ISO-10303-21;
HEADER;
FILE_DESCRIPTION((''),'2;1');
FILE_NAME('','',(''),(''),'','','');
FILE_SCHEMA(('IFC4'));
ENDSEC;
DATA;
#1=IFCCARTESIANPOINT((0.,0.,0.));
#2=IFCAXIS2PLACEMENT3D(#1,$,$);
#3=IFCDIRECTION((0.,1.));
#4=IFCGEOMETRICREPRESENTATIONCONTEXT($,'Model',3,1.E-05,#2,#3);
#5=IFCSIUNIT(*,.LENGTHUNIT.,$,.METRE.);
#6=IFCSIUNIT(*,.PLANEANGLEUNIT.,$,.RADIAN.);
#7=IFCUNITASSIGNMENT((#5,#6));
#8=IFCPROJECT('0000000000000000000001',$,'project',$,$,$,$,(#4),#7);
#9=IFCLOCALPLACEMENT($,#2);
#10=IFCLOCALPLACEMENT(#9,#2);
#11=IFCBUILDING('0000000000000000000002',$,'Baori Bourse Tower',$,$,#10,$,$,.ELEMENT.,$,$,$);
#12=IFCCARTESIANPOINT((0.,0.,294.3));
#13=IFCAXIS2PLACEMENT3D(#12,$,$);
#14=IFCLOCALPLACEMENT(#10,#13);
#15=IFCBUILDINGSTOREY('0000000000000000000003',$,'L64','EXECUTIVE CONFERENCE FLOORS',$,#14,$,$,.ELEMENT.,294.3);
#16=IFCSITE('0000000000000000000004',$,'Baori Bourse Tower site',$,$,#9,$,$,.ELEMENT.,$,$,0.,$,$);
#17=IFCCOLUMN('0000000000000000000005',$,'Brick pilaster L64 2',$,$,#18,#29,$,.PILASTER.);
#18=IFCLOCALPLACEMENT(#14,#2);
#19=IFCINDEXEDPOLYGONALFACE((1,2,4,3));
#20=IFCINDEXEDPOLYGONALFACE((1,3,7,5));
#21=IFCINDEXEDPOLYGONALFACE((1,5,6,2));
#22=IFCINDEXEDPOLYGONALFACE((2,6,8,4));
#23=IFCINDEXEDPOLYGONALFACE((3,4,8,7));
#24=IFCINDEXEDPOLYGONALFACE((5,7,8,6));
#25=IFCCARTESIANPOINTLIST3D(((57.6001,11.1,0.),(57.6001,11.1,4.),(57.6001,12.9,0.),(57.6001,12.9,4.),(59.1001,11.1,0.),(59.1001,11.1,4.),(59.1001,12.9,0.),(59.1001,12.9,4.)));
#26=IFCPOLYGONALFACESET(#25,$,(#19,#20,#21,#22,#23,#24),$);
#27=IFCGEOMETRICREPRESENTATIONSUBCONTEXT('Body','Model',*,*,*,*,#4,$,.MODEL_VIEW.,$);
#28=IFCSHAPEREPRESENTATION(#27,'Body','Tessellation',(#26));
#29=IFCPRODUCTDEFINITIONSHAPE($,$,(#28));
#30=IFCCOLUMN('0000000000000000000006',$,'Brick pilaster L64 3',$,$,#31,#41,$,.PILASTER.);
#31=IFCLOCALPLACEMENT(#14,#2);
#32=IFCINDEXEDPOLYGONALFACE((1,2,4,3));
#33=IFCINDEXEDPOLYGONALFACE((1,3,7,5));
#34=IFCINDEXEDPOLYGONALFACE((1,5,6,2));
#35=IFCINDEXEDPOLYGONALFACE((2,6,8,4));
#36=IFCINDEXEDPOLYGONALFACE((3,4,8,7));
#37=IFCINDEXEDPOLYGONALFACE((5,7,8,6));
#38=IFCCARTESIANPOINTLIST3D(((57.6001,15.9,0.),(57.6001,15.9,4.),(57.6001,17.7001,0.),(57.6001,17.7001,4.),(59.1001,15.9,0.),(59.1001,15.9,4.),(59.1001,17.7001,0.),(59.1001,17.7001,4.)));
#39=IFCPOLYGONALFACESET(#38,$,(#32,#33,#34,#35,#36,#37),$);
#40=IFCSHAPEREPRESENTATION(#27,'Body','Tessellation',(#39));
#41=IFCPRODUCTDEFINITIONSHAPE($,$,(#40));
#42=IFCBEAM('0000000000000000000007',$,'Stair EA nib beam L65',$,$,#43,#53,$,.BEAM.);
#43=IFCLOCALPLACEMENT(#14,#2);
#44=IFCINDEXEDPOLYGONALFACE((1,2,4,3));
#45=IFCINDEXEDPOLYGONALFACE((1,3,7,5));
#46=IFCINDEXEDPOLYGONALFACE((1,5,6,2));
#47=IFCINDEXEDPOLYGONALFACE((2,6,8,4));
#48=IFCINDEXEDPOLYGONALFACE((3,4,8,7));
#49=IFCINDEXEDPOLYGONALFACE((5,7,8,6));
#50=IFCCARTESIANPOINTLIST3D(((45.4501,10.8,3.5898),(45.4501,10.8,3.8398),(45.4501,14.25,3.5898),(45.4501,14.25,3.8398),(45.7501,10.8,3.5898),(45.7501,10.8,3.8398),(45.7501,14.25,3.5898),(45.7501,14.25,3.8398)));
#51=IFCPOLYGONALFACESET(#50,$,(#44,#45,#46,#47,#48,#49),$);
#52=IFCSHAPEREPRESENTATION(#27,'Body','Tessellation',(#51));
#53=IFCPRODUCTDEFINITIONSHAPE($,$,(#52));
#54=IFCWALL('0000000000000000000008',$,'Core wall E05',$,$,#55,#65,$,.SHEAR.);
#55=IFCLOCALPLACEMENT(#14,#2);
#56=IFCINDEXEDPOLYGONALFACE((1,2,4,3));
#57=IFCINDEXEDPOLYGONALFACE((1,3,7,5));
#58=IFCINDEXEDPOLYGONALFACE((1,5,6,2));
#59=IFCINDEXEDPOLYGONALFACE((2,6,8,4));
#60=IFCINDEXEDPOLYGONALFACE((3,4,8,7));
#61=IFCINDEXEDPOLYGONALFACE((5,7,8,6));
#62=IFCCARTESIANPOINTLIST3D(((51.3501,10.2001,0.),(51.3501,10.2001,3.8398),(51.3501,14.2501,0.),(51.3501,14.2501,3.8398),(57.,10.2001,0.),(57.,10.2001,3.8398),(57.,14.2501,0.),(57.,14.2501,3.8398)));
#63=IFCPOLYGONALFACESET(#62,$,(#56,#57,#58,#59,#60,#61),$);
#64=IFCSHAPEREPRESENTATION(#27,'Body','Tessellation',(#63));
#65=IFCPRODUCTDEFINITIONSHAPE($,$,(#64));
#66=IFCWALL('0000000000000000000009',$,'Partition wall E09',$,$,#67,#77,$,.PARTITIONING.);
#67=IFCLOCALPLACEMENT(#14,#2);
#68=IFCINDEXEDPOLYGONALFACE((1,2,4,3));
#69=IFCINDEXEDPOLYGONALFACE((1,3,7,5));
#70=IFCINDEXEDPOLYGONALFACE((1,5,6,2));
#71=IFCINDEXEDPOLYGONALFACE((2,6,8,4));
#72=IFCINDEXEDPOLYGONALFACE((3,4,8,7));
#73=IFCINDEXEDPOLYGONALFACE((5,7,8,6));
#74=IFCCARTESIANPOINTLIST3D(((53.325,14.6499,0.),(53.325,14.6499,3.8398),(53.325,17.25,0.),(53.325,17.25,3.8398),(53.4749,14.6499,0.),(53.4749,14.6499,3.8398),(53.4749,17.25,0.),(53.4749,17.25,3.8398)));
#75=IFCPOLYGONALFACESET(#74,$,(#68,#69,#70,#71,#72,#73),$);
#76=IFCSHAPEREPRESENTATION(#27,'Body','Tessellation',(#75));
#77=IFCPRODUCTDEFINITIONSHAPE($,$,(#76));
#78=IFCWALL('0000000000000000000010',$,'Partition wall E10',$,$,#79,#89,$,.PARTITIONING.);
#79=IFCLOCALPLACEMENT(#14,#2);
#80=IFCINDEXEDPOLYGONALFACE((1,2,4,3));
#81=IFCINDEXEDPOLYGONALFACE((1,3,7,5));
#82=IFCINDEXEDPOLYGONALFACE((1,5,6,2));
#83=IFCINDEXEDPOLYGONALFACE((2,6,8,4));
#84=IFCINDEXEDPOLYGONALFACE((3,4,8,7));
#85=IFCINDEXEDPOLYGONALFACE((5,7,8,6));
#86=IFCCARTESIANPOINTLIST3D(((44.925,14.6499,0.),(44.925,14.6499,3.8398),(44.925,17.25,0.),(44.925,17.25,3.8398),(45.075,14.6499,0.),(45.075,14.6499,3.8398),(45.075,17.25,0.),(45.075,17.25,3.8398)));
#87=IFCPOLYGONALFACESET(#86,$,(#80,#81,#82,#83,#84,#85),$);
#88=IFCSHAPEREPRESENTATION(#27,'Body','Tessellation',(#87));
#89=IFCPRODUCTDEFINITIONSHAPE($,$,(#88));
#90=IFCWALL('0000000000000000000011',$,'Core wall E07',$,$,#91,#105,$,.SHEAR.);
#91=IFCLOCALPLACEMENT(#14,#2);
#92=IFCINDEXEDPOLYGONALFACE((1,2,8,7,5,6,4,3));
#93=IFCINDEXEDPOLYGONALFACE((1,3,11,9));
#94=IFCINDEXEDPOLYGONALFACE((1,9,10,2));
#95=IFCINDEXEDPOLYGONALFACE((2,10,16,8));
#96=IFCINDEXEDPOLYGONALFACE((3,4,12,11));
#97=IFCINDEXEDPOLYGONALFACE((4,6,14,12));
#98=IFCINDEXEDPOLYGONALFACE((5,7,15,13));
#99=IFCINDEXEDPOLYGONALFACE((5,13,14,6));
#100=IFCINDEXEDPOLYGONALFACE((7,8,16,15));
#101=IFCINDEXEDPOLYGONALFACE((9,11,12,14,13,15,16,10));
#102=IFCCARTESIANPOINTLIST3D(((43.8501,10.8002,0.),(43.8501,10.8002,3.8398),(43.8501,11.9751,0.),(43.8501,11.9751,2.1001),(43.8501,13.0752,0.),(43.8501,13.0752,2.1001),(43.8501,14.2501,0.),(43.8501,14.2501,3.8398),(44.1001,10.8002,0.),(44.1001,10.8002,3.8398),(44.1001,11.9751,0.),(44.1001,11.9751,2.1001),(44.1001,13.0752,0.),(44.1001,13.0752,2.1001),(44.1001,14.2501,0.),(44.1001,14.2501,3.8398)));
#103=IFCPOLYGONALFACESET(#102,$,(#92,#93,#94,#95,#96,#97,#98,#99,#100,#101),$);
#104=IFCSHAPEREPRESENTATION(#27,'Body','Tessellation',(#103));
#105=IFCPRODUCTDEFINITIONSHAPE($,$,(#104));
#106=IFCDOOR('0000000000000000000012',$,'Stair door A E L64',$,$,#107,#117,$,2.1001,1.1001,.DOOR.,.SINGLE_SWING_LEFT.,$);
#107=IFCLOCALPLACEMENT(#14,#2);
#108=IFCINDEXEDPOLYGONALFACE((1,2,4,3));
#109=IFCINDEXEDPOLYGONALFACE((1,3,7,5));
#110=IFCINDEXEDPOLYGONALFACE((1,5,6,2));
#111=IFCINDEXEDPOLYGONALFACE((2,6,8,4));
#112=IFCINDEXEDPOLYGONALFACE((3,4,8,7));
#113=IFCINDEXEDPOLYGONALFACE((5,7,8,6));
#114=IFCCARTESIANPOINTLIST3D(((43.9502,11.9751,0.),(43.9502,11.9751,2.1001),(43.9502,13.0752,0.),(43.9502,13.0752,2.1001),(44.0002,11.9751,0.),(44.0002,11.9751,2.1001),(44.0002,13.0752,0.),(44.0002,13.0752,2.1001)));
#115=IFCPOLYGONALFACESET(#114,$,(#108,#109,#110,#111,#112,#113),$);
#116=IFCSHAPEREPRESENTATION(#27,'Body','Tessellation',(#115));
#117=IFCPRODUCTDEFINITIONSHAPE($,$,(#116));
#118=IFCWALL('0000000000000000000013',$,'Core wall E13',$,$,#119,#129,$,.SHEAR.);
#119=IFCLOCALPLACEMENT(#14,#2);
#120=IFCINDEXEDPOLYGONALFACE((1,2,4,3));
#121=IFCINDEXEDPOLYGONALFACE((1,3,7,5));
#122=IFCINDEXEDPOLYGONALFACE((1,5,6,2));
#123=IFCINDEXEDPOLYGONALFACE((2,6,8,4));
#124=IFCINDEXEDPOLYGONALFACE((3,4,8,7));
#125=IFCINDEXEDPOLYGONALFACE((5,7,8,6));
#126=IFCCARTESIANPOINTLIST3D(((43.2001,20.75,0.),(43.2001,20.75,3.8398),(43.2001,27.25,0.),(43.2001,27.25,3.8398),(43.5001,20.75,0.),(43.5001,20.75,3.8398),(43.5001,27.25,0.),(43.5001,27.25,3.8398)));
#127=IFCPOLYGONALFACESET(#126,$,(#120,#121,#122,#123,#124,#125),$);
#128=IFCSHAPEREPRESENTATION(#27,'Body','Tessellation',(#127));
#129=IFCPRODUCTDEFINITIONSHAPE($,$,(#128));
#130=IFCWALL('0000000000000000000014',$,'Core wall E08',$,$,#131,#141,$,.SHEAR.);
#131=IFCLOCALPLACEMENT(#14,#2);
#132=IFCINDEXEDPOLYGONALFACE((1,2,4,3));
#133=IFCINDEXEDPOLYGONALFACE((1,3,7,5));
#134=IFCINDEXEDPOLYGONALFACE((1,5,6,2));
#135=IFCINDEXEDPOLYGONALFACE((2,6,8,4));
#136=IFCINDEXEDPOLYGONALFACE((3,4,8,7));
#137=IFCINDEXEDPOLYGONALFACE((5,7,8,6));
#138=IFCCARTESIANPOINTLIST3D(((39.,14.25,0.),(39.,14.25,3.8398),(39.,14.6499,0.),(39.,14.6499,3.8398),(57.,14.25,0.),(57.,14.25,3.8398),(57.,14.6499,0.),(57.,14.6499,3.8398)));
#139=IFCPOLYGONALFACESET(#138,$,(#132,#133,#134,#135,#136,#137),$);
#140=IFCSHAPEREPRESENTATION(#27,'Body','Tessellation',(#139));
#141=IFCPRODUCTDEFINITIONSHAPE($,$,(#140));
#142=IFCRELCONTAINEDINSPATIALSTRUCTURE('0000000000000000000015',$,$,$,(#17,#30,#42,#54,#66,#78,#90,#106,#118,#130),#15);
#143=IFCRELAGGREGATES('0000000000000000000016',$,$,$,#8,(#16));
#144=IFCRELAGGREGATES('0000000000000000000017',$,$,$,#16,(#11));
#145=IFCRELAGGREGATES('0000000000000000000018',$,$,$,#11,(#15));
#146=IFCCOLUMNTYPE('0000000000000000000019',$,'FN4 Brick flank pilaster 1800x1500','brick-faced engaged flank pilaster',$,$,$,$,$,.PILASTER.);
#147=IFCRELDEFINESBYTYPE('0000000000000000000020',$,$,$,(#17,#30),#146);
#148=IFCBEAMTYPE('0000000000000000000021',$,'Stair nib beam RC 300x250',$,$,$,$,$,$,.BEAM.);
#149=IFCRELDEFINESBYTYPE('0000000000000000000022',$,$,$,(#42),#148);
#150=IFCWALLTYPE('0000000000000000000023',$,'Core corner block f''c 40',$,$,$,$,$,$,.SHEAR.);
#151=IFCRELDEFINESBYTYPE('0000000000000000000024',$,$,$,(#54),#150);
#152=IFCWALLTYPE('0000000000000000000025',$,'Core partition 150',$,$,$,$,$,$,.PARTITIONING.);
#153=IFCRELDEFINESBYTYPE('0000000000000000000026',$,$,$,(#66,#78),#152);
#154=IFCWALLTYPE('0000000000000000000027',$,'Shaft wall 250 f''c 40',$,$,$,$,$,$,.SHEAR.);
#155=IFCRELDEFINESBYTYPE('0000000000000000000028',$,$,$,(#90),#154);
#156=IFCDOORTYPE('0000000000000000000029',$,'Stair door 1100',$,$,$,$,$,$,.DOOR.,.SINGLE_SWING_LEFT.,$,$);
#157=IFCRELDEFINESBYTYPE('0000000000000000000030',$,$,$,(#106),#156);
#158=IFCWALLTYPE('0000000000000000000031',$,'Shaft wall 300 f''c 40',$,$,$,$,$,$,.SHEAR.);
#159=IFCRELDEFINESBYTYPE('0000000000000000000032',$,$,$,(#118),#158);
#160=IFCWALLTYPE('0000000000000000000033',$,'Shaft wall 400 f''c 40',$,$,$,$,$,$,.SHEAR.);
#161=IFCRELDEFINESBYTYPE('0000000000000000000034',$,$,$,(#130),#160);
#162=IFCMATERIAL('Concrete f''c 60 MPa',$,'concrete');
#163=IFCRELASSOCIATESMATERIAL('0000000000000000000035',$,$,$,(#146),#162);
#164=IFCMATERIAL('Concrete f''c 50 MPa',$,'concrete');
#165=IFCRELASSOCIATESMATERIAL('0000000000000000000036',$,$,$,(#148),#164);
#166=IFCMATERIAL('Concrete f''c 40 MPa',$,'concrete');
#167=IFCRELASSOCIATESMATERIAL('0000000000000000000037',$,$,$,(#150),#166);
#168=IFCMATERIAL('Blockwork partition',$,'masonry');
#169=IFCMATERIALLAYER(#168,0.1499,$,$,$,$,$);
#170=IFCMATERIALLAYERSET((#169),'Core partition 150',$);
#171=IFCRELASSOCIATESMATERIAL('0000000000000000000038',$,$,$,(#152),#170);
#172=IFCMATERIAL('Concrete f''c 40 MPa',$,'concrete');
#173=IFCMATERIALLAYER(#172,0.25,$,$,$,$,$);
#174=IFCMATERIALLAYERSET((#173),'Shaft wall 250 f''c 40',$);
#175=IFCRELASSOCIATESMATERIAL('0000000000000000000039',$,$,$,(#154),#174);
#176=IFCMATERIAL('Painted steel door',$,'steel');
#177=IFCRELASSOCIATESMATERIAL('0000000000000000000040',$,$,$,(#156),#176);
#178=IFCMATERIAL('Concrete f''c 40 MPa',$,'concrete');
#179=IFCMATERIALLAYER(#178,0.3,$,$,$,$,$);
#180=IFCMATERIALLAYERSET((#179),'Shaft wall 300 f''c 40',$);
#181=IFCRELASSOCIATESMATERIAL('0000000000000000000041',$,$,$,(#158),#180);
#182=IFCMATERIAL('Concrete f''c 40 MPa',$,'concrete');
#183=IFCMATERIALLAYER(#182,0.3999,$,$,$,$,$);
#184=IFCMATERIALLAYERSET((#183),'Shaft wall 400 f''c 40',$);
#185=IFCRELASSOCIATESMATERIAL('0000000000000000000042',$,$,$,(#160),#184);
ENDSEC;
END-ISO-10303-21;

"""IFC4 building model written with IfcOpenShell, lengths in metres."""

from ifc_helpers import new_model, si_unit, direction, frame, frame_2d, origin, origin_2d, place, context, subcontext, project, spatial, rectangle, extrude, material, layer, layer_set, material_profile, profile_set, type_object, element, fill, save


model = new_model("IFC4")

# Units and contexts
model_context = context("Model", 3, precision=1e-05, world=origin(), true_north=direction((0.0, 1.0)))
body_context = subcontext(model_context, "Body", "Model", "MODEL_VIEW")
ifc_project = project(units=[si_unit("LENGTHUNIT", "METRE"), si_unit("PLANEANGLEUNIT", "RADIAN")], contexts=[model_context])

# Site, building, storey
site_placement = place(None, origin())
site = spatial("IfcSite", under=ifc_project, at=site_placement, Name="Baori Bourse Tower site", CompositionType="ELEMENT", RefElevation=0.0)
building_placement = place(site_placement, origin())
building = spatial("IfcBuilding", under=site, at=building_placement, Name="Baori Bourse Tower", CompositionType="ELEMENT")
storey_placement = place(building_placement, frame((0.0, 0.0, 294.3)))
storey = spatial("IfcBuildingStorey", under=building, at=storey_placement, Name="L64", Description="EXECUTIVE CONFERENCE FLOORS", CompositionType="ELEMENT", Elevation=294.3)

# Columns
ifc_material_1 = material(Name="Concrete f'c 60 MPa", Category="concrete")
ifc_material_profile_1 = material_profile(ifc_material_1, rectangle(XDim=1.8, YDim=1.5, at=origin_2d()), Name="RC 1800x1500")
ifc_profile_set_1 = profile_set([ifc_material_profile_1], Name="Concrete f'c 60 MPa")
column_type = type_object("IfcColumnType", Name="FN4 Brick flank pilaster 1800x1500", Description="brick-faced engaged flank pilaster", PredefinedType="PILASTER", material=ifc_profile_set_1)
for number, where, z_axis, x_axis, name in (
    (1, (58.3501, 12.0, 0.0), (0.0, 0.0, 1.0), (0.0, 1.0, 0.0), "Brick pilaster L64 2"),
    (2, (58.3501, 16.8, 0.0), (0.0, 0.0, 1.0), (0.0, 1.0, 0.0), "Brick pilaster L64 3"),
):
    element("IfcColumn", number, at=place(storey_placement, frame(where, z_axis=z_axis, x_axis=x_axis)), inside=storey, type_object=column_type, Name=name, PredefinedType="PILASTER", context=body_context, shape_type="SweptSolid", body=[
        extrude(rectangle(XDim=1.8, YDim=1.5, at=origin_2d()), origin(), (0.0, 0.0, 1.0), 4.0),
    ])

# Beam
ifc_material_2 = material(Name="Concrete f'c 50 MPa", Category="concrete")
ifc_material_profile_2 = material_profile(ifc_material_2, rectangle(XDim=0.3, YDim=0.25, at=origin_2d()), Name="RC 300x250")
ifc_profile_set_2 = profile_set([ifc_material_profile_2], Name="Concrete f'c 50 MPa")
beam_type = type_object("IfcBeamType", Name="Stair nib beam RC 300x250", PredefinedType="BEAM", material=ifc_profile_set_2)
beam_placement = place(storey_placement, frame((45.6001, 10.8, 3.7148), z_axis=(0.0, 1.0, 0.0), x_axis=(-1.0, 0.0, 0.0)))
element("IfcBeam", 3, at=beam_placement, inside=storey, type_object=beam_type, Name="Stair EA nib beam L65", PredefinedType="BEAM", context=body_context, shape_type="SweptSolid", body=[
    extrude(rectangle(XDim=0.3, YDim=0.25, at=origin_2d()), origin(), (0.0, 0.0, 1.0), 3.45),
])

# Walls
ifc_material_3 = material(Name="Concrete f'c 40 MPa", Category="concrete")
wall_type_1 = type_object("IfcWallType", Name="Core corner block f'c 40", PredefinedType="SHEAR", material=ifc_material_3)
wall_1_placement = place(storey_placement, frame((51.3501, 12.2251, 0.0), z_axis=(0.0, 0.0, 1.0), x_axis=(1.0, 0.0, 0.0)))
element("IfcWall", 4, at=wall_1_placement, inside=storey, type_object=wall_type_1, Name="Core wall E05", PredefinedType="SHEAR", context=body_context, shape_type="SweptSolid", body=[
    extrude(rectangle(XDim=5.6499, YDim=4.05, at=frame_2d((2.825, 0.0))), origin(), (0.0, 0.0, 1.0), 3.8398),
])
ifc_material_4 = material(Name="Blockwork partition", Category="masonry")
ifc_layer_1 = layer(ifc_material_4, 0.1499)
ifc_layer_set_1 = layer_set([ifc_layer_1], Name="Core partition 150")
wall_type_2 = type_object("IfcWallType", Name="Core partition 150", PredefinedType="PARTITIONING", material=ifc_layer_set_1)
for number, where, z_axis, x_axis, name in (
    (5, (53.3999, 14.6499, 0.0), (0.0, 0.0, 1.0), (0.0, 1.0, 0.0), "Partition wall E09"),
    (6, (45.0, 14.6499, 0.0), (0.0, 0.0, 1.0), (0.0, 1.0, 0.0), "Partition wall E10"),
):
    element("IfcWall", number, at=place(storey_placement, frame(where, z_axis=z_axis, x_axis=x_axis)), inside=storey, type_object=wall_type_2, Name=name, PredefinedType="PARTITIONING", context=body_context, shape_type="SweptSolid", body=[
        extrude(rectangle(XDim=2.6001, YDim=0.1499, at=frame_2d((1.3, 0.0))), origin(), (0.0, 0.0, 1.0), 3.8398),
    ])

# Wall, opening, door
ifc_material_5 = material(Name="Concrete f'c 40 MPa", Category="concrete")
ifc_layer_2 = layer(ifc_material_5, 0.25)
ifc_layer_set_2 = layer_set([ifc_layer_2], Name="Shaft wall 250 f'c 40")
wall_type_3 = type_object("IfcWallType", Name="Shaft wall 250 f'c 40", PredefinedType="SHEAR", material=ifc_layer_set_2)
wall_2_placement = place(storey_placement, frame((43.9751, 10.8, 0.0), z_axis=(0.0, 0.0, 1.0), x_axis=(0.0, 1.0, 0.0)))
wall_2 = element("IfcWall", 7, at=wall_2_placement, inside=storey, type_object=wall_type_3, Name="Core wall E07", PredefinedType="SHEAR", context=body_context, shape_type="SweptSolid", body=[
    extrude(rectangle(XDim=3.45, YDim=0.25, at=frame_2d((1.7251, 0.0))), origin(), (0.0, 0.0, 1.0), 3.8398),
])
opening_1_placement = place(wall_2_placement, frame((1.175, 0.0, 0.0)))
opening_1 = element("IfcOpeningElement", 8, at=opening_1_placement, cuts=wall_2, PredefinedType="OPENING", context=body_context, shape_type="SweptSolid", body=[
    extrude(rectangle(XDim=1.1001, YDim=2.1001, at=frame_2d((0.55, 1.05))), frame((0.0, 0.135, 0.0), z_axis=(0.0, -1.0, 0.0), x_axis=(1.0, 0.0, 0.0)), (0.0, 0.0, 1.0), 0.27),
])
ifc_material_6 = material(Name="Painted steel door", Category="steel")
door_type_1 = type_object("IfcDoorType", Name="Stair door 1100", OperationType="SINGLE_SWING_LEFT", PredefinedType="DOOR", material=ifc_material_6)
door_1_placement = place(opening_1_placement, origin())
door_1 = element("IfcDoor", 9, at=door_1_placement, inside=storey, type_object=door_type_1, Name="Stair door A E L64", OperationType="SINGLE_SWING_LEFT", OverallHeight=2.1001, OverallWidth=1.1001, PredefinedType="DOOR", context=body_context, shape_type="SweptSolid", body=[
    extrude(rectangle(XDim=1.1001, YDim=2.1001, at=frame_2d((0.55, 1.05))), frame((0.0, 0.0249, 0.0), z_axis=(0.0, -1.0, 0.0), x_axis=(1.0, 0.0, 0.0)), (0.0, 0.0, 1.0), 0.05),
])
fill(opening_1, door_1)

# Walls
ifc_material_7 = material(Name="Concrete f'c 40 MPa", Category="concrete")
ifc_layer_3 = layer(ifc_material_7, 0.3)
ifc_layer_set_3 = layer_set([ifc_layer_3], Name="Shaft wall 300 f'c 40")
wall_type_4 = type_object("IfcWallType", Name="Shaft wall 300 f'c 40", PredefinedType="SHEAR", material=ifc_layer_set_3)
wall_3_placement = place(storey_placement, frame((43.3501, 20.75, 0.0), z_axis=(0.0, 0.0, 1.0), x_axis=(0.0, 1.0, 0.0)))
element("IfcWall", 10, at=wall_3_placement, inside=storey, type_object=wall_type_4, Name="Core wall E13", PredefinedType="SHEAR", context=body_context, shape_type="SweptSolid", body=[
    extrude(rectangle(XDim=6.5, YDim=0.3, at=frame_2d((3.25, 0.0))), origin(), (0.0, 0.0, 1.0), 3.8398),
])
ifc_material_8 = material(Name="Concrete f'c 40 MPa", Category="concrete")
ifc_layer_4 = layer(ifc_material_8, 0.3999)
ifc_layer_set_4 = layer_set([ifc_layer_4], Name="Shaft wall 400 f'c 40")
wall_type_5 = type_object("IfcWallType", Name="Shaft wall 400 f'c 40", PredefinedType="SHEAR", material=ifc_layer_set_4)
wall_4_placement = place(storey_placement, frame((39.0, 14.45, 0.0), z_axis=(0.0, 0.0, 1.0), x_axis=(1.0, 0.0, 0.0)))
element("IfcWall", 11, at=wall_4_placement, inside=storey, type_object=wall_type_5, Name="Core wall E08", PredefinedType="SHEAR", context=body_context, shape_type="SweptSolid", body=[
    extrude(rectangle(XDim=18.0, YDim=0.3999, at=frame_2d((9.0, 0.0))), origin(), (0.0, 0.0, 1.0), 3.8398),
])

save(model, "model.ifc")
